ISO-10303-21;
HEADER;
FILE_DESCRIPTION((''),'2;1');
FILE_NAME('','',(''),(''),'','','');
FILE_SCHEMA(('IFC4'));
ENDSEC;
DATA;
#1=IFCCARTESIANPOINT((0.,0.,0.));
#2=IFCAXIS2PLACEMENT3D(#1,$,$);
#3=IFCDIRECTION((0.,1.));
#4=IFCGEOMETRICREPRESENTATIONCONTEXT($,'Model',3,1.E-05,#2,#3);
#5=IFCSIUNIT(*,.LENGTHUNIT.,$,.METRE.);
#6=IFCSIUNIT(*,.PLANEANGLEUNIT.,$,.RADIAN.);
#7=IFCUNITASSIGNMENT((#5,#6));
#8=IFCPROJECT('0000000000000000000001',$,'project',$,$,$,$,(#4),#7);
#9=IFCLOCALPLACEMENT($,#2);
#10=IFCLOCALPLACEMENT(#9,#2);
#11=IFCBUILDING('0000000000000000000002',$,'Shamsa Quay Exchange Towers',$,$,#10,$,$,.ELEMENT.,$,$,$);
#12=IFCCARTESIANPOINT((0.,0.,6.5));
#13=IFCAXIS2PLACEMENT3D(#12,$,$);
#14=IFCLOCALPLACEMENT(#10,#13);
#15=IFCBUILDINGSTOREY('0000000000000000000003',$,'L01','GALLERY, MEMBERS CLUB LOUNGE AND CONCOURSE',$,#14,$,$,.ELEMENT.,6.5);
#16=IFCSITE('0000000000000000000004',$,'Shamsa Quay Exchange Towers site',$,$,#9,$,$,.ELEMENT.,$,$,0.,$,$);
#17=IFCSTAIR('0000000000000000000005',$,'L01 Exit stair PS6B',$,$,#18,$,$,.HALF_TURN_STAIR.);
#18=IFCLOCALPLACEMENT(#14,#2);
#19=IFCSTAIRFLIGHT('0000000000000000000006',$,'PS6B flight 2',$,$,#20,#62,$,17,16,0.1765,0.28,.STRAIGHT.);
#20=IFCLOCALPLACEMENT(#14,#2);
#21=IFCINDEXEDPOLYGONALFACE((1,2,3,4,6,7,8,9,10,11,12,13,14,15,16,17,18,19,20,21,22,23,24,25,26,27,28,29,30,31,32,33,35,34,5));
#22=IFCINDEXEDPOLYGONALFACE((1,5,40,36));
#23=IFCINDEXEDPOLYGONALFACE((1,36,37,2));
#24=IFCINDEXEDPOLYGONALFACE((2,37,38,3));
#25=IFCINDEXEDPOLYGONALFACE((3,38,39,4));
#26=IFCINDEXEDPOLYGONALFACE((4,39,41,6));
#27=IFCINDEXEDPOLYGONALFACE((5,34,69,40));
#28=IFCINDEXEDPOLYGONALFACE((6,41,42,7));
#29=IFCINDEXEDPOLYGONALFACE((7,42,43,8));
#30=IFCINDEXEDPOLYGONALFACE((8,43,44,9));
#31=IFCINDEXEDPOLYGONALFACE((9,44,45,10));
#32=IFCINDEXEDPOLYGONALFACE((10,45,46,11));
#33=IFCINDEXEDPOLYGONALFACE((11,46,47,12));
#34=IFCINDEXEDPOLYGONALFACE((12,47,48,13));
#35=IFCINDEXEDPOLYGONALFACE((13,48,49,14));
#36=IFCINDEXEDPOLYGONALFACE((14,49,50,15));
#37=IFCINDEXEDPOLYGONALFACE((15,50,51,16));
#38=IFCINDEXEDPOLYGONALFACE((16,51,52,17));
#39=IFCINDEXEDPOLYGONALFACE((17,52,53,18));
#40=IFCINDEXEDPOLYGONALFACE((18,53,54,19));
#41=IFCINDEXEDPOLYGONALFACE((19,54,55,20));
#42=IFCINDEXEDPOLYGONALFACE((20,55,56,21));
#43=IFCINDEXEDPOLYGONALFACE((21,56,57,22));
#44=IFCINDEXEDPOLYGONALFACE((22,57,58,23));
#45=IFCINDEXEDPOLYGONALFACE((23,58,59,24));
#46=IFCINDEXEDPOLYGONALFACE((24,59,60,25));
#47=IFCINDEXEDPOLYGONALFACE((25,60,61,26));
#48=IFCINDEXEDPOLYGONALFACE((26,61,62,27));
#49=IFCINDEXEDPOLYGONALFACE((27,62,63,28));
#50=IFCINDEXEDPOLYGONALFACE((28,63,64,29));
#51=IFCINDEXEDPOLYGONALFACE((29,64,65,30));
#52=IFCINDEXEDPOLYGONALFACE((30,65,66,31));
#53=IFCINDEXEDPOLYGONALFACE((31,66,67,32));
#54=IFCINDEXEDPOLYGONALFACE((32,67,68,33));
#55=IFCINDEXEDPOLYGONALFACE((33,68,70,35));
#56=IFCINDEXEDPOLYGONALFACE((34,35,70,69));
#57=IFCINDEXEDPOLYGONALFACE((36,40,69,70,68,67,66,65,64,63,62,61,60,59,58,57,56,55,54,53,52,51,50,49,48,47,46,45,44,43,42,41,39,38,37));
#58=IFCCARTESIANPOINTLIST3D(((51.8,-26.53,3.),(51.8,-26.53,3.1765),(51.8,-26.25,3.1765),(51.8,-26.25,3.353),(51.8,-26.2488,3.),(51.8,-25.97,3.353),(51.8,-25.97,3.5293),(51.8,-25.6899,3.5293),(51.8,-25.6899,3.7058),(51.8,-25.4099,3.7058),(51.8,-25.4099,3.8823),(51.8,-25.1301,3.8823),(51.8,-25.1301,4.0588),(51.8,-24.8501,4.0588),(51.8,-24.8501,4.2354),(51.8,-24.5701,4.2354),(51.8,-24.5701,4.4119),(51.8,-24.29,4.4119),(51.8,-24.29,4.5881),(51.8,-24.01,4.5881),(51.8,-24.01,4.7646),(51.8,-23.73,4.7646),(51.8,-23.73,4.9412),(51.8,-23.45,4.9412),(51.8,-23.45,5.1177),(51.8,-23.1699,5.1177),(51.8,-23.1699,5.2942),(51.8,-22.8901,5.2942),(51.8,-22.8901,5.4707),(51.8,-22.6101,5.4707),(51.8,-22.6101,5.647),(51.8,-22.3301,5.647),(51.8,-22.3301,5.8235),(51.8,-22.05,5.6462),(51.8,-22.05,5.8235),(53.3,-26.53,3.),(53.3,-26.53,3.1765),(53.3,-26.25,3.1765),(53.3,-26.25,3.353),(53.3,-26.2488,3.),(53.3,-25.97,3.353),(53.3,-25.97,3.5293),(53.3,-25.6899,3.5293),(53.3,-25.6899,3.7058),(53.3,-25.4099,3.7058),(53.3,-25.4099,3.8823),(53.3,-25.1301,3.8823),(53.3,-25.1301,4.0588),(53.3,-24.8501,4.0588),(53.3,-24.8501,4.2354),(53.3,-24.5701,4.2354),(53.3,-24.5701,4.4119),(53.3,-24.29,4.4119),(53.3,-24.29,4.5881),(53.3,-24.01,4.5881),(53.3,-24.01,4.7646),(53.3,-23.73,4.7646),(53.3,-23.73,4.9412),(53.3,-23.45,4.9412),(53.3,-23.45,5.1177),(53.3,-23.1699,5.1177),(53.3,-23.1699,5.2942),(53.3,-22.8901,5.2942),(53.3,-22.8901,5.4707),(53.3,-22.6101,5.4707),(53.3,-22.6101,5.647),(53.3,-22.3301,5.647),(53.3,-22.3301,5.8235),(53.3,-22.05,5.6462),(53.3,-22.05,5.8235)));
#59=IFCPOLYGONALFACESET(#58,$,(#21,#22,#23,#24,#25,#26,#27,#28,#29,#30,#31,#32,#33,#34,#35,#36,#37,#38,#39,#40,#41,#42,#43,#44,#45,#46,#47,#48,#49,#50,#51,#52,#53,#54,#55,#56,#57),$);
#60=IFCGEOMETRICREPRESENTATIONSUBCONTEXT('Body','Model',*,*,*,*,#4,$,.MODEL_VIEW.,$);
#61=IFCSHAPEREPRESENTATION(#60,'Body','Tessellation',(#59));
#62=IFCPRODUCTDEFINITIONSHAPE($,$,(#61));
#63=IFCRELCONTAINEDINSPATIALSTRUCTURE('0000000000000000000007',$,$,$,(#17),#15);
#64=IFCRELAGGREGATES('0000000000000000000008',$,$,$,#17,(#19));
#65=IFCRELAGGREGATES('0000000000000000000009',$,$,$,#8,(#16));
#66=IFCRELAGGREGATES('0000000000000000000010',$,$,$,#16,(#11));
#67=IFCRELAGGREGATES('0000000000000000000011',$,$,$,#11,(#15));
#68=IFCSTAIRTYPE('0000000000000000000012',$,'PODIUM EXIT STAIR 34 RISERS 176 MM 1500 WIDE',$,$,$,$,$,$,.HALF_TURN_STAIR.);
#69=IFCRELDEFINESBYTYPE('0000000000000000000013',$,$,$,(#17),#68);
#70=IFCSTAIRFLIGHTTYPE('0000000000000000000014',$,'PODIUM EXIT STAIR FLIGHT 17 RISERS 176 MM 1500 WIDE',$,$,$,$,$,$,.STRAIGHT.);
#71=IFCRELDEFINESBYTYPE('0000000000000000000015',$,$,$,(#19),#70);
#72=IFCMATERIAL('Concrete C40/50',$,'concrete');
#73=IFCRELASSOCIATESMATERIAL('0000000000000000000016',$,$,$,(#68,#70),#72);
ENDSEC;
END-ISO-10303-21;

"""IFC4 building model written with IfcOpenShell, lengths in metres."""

from ifc_helpers import new_model, si_unit, direction, frame, origin, place, context, subcontext, project, spatial, polyline, outline, extrude, material, type_object, element, aggregate, save


model = new_model("IFC4")

# Units and contexts
model_context = context("Model", 3, precision=1e-05, world=origin(), true_north=direction((0.0, 1.0)))
body_context = subcontext(model_context, "Body", "Model", "MODEL_VIEW")
ifc_project = project(units=[si_unit("LENGTHUNIT", "METRE"), si_unit("PLANEANGLEUNIT", "RADIAN")], contexts=[model_context])

# Site, building, storey
site_placement = place(None, origin())
site = spatial("IfcSite", under=ifc_project, at=site_placement, Name="Shamsa Quay Exchange Towers site", CompositionType="ELEMENT", RefElevation=0.0)
building_placement = place(site_placement, origin())
building = spatial("IfcBuilding", under=site, at=building_placement, Name="Shamsa Quay Exchange Towers", CompositionType="ELEMENT")
storey_placement = place(building_placement, frame((0.0, 0.0, 6.5)))
storey = spatial("IfcBuildingStorey", under=building, at=storey_placement, Name="L01", Description="GALLERY, MEMBERS CLUB LOUNGE AND CONCOURSE", CompositionType="ELEMENT", Elevation=6.5)

# Stair, stair flight
ifc_material_1 = material(Name="Concrete C40/50", Category="concrete")
stair_type = type_object("IfcStairType", Name="PODIUM EXIT STAIR 34 RISERS 176 MM 1500 WIDE", PredefinedType="HALF_TURN_STAIR", material=ifc_material_1)
stair_flight_type = type_object("IfcStairFlightType", Name="PODIUM EXIT STAIR FLIGHT 17 RISERS 176 MM 1500 WIDE", PredefinedType="STRAIGHT", material=ifc_material_1)
stair_1_placement = place(storey_placement, origin())
stair_1 = element("IfcStair", 1, at=stair_1_placement, inside=storey, type_object=stair_type, Name="L01 Exit stair PS6B", PredefinedType="HALF_TURN_STAIR")
stair_flight_1_placement = place(storey_placement, frame((52.55, -26.53, 3.0), z_axis=(0.0, 0.0, 1.0), x_axis=(0.0, 1.0, 0.0)))
stair_flight_1 = element("IfcStairFlight", 2, at=stair_flight_1_placement, type_object=stair_flight_type, Name="PS6B flight 2", NumberOfRisers=17, NumberOfTreads=16, PredefinedType="STRAIGHT", RiserHeight=0.1765, TreadLength=0.28, context=body_context, shape_type="SweptSolid", body=[
    extrude(outline(polyline([(0.0, 0.0), (0.0, 0.1765), (0.28, 0.1765), (0.28, 0.353), (0.5601, 0.353), (0.5601, 0.5293), (0.8401, 0.5293), (0.8401, 0.7058), (1.1201, 0.7058), (1.1201, 0.8823), (1.3999, 0.8823), (1.3999, 1.0588), (1.6799, 1.0588), (1.6799, 1.2354), (1.96, 1.2354), (1.96, 1.4119), (2.24, 1.4119), (2.24, 1.5881), (2.52, 1.5881), (2.52, 1.7646), (2.8, 1.7646), (2.8, 1.9412), (3.0801, 1.9412), (3.0801, 2.1177), (3.3601, 2.1177), (3.3601, 2.2942), (3.6399, 2.2942), (3.6399, 2.4707), (3.9199, 2.4707), (3.9199, 2.647), (4.2, 2.647), (4.2, 2.8235), (4.48, 2.8235), (4.48, 3.0), (4.48, 2.6462), (0.2812, 0.0), (0.0, 0.0)])), frame((0.0, 0.75, 0.0), z_axis=(0.0, -1.0, 0.0), x_axis=(1.0, 0.0, 0.0)), (0.0, 0.0, 1.0), 1.5),
])
aggregate(stair_1, [stair_flight_1])

save(model, "model.ifc")
